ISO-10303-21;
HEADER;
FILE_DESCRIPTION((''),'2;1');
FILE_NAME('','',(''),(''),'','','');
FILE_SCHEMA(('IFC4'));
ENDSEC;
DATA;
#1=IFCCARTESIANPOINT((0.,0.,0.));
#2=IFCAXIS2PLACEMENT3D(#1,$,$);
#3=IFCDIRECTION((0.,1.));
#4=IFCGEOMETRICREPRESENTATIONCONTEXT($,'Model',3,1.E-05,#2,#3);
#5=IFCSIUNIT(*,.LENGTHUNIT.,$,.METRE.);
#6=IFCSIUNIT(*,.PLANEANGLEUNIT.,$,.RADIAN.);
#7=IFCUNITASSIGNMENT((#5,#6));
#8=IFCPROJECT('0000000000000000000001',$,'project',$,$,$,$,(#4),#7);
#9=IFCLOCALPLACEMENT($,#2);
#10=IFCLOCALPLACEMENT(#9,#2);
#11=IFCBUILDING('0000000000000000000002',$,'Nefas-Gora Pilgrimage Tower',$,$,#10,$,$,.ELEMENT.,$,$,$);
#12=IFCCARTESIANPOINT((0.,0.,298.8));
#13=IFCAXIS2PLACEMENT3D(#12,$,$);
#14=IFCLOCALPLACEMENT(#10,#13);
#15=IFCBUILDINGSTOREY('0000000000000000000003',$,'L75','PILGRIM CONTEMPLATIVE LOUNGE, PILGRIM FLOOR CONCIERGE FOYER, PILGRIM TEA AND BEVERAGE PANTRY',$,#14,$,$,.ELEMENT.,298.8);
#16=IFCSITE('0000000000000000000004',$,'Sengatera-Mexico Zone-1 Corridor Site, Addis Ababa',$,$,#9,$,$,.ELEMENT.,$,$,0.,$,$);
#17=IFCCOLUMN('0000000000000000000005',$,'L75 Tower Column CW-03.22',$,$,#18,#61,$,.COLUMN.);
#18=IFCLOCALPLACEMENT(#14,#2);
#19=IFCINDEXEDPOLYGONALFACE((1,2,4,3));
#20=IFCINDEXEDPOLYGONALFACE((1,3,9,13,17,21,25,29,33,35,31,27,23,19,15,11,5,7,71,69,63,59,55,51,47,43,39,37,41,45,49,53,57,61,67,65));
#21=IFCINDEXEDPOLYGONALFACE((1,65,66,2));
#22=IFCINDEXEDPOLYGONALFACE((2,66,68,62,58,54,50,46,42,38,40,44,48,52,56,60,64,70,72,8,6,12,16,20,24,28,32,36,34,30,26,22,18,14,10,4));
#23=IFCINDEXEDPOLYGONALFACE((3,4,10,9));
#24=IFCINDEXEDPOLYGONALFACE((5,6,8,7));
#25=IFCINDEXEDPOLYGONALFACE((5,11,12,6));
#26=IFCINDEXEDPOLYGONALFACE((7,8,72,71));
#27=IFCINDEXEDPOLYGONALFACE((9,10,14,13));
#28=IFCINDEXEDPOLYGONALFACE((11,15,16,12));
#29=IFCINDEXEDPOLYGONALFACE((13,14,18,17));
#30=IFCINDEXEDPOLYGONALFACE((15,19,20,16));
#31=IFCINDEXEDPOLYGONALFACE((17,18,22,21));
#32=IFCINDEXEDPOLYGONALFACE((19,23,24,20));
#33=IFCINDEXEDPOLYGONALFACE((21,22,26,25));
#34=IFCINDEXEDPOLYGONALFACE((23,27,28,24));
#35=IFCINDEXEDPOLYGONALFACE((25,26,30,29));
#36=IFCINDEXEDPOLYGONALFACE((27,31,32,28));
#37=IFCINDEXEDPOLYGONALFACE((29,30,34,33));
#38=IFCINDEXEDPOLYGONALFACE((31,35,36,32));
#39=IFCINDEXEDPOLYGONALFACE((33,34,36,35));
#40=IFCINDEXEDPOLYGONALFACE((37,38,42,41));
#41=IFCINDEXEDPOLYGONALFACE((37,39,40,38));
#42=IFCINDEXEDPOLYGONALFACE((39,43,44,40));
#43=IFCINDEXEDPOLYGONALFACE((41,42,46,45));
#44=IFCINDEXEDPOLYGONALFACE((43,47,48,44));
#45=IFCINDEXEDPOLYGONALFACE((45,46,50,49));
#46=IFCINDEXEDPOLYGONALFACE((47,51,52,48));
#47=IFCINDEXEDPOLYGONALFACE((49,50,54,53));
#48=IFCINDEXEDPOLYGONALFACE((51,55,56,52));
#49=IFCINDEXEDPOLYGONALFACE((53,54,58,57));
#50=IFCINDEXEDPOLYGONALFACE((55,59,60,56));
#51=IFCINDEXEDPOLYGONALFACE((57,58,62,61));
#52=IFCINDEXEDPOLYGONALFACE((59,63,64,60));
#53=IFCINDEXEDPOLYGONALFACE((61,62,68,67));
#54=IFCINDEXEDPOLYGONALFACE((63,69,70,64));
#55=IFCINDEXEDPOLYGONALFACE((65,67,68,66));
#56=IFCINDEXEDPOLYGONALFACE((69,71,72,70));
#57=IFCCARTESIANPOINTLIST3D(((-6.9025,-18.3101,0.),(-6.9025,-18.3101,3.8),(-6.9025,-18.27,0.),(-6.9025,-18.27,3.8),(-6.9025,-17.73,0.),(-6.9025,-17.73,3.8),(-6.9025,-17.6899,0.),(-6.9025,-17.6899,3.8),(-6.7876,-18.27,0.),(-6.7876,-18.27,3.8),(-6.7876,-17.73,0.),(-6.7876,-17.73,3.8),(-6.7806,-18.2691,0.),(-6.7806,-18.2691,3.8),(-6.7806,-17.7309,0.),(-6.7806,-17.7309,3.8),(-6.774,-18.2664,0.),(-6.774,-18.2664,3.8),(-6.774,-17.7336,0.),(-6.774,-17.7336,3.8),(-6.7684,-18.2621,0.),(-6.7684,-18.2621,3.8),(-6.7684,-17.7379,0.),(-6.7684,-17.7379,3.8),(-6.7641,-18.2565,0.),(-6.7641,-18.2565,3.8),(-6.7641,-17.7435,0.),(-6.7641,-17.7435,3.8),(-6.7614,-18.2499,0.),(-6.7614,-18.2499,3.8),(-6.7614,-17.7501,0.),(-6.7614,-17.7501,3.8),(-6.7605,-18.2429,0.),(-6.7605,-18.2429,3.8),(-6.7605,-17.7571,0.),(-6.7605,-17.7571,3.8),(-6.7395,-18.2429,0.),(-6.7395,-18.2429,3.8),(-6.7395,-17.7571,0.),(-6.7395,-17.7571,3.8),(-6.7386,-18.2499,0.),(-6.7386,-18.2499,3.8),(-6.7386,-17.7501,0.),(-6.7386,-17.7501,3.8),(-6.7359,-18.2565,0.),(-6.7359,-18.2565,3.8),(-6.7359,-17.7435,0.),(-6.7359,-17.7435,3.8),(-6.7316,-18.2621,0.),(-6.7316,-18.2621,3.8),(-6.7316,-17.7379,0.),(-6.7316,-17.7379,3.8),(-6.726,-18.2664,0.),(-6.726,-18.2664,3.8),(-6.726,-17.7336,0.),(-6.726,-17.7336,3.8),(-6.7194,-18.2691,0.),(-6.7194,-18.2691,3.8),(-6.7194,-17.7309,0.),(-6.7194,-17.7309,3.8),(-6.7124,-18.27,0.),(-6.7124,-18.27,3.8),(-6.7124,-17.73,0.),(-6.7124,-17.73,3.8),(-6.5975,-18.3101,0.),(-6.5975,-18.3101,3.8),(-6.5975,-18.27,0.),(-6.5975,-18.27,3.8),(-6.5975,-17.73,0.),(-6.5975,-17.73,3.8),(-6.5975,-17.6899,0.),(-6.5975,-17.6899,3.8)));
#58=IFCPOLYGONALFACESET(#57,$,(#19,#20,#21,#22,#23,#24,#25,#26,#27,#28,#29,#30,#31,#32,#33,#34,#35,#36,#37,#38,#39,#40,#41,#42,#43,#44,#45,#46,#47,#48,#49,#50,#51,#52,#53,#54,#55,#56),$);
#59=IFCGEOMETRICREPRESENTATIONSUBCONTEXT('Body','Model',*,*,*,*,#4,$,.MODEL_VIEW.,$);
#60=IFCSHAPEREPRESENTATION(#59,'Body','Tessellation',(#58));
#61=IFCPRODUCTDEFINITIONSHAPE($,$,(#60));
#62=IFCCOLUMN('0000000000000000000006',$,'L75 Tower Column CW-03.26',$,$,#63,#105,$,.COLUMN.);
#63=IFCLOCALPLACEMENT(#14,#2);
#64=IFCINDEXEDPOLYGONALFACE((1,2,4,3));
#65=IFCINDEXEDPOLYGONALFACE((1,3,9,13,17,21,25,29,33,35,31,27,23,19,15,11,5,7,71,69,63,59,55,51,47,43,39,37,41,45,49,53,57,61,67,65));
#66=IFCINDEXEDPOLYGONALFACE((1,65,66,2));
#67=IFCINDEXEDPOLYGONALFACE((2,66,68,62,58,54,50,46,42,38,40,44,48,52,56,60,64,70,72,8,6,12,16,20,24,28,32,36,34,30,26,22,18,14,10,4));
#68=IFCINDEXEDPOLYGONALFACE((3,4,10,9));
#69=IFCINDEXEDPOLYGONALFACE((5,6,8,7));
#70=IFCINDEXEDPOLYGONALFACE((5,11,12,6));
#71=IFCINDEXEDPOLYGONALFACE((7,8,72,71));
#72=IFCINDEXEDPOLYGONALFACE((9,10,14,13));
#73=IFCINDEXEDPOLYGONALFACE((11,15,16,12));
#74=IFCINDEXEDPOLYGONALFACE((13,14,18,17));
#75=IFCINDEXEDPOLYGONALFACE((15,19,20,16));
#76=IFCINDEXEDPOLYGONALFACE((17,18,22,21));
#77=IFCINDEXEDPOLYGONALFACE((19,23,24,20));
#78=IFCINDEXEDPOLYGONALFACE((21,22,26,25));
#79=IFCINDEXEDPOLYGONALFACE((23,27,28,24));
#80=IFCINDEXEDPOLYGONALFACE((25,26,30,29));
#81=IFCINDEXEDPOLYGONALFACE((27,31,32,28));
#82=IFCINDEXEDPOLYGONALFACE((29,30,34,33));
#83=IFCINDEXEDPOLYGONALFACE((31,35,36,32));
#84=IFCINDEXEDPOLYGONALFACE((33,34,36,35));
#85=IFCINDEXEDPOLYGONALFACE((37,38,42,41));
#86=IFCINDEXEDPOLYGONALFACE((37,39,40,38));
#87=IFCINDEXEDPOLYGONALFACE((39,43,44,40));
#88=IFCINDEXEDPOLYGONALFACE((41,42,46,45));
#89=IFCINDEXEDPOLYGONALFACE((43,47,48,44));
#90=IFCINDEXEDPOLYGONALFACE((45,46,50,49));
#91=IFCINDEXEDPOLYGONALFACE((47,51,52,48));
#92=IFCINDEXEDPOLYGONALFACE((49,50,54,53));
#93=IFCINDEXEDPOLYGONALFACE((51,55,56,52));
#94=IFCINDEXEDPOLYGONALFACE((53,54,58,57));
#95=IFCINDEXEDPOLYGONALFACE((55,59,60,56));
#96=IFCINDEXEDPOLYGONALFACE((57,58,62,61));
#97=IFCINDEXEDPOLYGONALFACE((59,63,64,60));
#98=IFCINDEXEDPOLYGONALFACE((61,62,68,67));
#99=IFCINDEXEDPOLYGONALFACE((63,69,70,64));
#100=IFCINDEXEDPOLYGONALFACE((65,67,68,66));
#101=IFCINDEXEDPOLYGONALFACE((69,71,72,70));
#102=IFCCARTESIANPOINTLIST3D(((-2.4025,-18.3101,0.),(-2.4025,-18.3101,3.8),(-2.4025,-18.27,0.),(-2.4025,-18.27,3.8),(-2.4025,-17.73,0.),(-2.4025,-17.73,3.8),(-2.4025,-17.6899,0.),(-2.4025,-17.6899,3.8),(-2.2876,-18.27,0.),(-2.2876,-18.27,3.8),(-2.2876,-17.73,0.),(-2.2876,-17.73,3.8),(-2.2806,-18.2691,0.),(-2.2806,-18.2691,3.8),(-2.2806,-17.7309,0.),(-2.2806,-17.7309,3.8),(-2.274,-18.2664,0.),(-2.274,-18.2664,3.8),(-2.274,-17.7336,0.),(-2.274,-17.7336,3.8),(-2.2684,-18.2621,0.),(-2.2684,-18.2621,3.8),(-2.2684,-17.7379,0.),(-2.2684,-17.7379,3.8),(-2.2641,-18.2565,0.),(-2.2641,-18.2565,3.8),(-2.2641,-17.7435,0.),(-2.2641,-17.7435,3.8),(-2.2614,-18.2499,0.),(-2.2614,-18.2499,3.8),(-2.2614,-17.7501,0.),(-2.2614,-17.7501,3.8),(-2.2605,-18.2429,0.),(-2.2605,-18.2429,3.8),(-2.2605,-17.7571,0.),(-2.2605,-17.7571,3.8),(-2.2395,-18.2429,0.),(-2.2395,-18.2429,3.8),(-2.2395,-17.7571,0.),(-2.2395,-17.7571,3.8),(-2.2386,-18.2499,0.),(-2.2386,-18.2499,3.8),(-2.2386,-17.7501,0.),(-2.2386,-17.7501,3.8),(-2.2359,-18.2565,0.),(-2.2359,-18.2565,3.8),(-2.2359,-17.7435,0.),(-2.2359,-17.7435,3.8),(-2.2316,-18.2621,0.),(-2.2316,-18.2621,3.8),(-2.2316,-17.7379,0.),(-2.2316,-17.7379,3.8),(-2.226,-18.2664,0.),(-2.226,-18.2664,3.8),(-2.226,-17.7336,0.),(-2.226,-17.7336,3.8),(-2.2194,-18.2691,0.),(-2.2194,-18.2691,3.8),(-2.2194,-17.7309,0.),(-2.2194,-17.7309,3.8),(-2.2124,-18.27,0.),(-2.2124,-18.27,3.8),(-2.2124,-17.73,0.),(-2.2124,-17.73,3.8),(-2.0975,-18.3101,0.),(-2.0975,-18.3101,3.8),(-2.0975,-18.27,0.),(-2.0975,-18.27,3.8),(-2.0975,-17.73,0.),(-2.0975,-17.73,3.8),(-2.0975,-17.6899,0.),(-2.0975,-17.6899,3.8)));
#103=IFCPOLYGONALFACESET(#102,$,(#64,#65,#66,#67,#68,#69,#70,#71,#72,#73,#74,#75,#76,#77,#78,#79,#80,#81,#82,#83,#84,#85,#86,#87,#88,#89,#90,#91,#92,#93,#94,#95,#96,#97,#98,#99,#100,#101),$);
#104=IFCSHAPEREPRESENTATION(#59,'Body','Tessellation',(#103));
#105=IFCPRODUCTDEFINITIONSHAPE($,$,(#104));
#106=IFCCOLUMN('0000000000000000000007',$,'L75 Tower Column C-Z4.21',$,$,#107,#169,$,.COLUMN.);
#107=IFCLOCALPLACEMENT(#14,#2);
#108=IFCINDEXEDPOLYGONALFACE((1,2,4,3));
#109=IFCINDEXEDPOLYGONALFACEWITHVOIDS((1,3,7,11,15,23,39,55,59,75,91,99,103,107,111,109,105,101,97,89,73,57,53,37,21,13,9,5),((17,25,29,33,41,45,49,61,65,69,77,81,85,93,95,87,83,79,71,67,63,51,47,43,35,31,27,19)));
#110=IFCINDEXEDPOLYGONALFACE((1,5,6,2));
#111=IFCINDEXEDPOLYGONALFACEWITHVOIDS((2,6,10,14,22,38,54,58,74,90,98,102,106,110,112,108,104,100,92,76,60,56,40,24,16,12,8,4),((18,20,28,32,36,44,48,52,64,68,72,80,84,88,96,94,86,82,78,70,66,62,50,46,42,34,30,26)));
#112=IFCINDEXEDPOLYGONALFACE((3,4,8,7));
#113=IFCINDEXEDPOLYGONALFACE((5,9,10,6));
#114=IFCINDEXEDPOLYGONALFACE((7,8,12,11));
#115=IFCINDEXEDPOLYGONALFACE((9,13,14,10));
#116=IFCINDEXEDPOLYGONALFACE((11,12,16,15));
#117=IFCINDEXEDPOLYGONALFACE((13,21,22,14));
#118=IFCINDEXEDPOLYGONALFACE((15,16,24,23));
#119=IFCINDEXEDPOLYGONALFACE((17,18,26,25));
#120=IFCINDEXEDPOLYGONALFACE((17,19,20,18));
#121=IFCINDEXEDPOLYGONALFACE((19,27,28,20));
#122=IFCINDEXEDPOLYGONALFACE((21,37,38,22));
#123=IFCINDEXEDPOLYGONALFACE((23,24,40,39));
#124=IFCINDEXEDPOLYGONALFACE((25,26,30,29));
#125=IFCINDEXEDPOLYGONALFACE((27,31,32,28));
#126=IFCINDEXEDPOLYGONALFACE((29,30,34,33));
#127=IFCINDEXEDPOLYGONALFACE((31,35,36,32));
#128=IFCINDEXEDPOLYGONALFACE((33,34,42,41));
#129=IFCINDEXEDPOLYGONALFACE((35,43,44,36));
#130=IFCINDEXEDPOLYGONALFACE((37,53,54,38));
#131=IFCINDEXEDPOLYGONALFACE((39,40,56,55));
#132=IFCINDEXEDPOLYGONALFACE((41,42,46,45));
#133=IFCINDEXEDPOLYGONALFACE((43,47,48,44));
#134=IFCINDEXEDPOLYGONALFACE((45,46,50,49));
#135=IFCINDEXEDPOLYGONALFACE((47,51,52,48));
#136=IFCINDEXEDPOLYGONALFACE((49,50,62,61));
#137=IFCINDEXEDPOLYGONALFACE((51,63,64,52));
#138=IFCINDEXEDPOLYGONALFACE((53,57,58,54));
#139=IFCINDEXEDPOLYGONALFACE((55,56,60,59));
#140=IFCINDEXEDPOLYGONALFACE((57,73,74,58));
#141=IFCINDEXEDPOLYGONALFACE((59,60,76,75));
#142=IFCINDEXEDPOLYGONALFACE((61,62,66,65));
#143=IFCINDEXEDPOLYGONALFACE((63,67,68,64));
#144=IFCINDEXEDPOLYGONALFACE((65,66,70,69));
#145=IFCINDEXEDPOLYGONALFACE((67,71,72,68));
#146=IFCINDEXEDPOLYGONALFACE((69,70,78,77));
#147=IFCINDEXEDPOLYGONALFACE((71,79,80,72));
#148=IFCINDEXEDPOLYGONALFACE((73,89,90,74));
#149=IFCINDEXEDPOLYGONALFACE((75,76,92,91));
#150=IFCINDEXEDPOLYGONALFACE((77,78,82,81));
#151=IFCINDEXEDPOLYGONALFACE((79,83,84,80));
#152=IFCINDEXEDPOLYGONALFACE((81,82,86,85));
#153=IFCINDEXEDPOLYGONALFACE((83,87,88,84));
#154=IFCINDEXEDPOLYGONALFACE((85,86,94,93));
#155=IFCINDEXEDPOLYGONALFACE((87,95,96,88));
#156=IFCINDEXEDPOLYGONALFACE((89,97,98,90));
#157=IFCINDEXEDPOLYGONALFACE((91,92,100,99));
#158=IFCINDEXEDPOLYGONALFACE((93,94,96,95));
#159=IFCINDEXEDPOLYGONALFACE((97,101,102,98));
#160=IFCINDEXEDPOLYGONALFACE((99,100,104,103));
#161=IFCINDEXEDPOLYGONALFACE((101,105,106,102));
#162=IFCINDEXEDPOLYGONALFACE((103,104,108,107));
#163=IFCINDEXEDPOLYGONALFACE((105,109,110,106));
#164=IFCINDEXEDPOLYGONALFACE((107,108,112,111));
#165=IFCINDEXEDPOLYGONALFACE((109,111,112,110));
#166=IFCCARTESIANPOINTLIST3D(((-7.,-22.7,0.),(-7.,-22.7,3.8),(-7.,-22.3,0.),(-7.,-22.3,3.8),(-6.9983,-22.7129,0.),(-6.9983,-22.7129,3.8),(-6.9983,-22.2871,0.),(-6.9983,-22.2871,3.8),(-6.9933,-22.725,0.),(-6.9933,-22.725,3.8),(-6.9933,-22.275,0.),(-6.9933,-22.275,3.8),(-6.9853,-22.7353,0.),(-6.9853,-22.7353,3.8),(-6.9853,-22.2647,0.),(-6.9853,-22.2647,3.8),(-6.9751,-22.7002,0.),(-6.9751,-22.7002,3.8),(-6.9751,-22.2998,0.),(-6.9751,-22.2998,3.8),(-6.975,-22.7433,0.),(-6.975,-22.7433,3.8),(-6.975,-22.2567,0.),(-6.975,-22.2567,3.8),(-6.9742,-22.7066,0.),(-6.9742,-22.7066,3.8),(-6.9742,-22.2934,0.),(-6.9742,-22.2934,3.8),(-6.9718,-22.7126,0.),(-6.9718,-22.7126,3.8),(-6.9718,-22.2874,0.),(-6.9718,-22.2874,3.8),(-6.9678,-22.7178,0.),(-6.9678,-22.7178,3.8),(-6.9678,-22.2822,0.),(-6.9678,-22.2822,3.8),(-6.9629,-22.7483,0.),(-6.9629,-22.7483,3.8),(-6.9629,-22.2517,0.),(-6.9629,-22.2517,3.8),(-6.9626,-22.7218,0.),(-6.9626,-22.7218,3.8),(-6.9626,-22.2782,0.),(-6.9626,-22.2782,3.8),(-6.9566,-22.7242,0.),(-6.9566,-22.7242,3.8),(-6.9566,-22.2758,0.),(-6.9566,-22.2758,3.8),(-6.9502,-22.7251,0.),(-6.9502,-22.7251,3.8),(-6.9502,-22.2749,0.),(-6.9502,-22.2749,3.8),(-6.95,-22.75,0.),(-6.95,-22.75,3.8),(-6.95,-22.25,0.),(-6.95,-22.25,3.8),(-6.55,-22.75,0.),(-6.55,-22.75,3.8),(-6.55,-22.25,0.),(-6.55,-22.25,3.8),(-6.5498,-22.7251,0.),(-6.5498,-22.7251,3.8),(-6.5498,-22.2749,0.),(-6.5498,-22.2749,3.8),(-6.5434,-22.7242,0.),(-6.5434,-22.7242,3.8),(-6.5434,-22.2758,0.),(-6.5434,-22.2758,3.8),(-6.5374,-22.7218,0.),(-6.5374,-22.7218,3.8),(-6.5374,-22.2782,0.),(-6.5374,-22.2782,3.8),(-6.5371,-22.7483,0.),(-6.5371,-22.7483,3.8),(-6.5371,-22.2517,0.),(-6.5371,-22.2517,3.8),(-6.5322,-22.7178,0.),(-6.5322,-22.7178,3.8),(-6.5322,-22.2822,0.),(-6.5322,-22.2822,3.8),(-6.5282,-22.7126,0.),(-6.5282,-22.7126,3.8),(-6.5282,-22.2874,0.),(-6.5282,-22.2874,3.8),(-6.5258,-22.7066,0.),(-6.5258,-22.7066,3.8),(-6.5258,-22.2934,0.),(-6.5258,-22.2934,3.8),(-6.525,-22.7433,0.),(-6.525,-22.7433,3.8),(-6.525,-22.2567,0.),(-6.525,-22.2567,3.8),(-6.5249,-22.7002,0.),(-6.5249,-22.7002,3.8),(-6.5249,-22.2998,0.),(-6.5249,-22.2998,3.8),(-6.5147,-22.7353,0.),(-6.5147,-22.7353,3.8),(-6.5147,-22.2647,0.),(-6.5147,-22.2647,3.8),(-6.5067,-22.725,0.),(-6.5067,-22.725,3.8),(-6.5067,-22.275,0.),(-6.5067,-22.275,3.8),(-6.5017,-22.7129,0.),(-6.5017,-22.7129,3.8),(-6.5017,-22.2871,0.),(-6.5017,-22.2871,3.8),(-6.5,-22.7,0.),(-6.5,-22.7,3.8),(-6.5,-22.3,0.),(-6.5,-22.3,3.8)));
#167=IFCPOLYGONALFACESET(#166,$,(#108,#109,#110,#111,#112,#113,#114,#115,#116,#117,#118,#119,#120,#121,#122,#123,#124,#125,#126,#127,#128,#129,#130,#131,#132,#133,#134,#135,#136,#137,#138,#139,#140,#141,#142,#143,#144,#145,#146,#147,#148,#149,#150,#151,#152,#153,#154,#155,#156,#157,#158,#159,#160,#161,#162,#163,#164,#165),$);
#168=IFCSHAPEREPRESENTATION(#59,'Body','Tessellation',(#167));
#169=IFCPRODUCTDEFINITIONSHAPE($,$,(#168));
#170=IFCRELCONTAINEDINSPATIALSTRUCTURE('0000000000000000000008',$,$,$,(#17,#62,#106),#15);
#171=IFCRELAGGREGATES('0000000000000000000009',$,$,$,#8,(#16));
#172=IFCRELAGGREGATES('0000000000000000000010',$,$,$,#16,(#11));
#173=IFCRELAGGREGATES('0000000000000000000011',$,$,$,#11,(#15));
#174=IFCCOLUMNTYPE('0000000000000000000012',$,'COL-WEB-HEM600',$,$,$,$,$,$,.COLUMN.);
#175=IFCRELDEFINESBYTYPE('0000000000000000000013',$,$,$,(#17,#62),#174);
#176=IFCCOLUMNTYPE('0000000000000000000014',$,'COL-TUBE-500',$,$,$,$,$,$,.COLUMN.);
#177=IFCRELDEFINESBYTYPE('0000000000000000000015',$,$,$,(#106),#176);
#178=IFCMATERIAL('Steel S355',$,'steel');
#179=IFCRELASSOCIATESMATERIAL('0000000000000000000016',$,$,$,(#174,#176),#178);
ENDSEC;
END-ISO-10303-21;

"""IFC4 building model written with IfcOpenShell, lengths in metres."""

from ifc_helpers import new_model, si_unit, direction, frame, origin, origin_2d, place, context, subcontext, project, spatial, hollow_rectangle, i_section, extrude, source, transform, mapped, material, material_profile, profile_set, type_object, element, save


model = new_model("IFC4")

# Units and contexts
model_context = context("Model", 3, precision=1e-05, world=origin(), true_north=direction((0.0, 1.0)))
body_context = subcontext(model_context, "Body", "Model", "MODEL_VIEW")
ifc_project = project(units=[si_unit("LENGTHUNIT", "METRE"), si_unit("PLANEANGLEUNIT", "RADIAN")], contexts=[model_context])

# Site, building, storey
site_placement = place(None, origin())
site = spatial("IfcSite", under=ifc_project, at=site_placement, Name="Sengatera-Mexico Zone-1 Corridor Site, Addis Ababa", CompositionType="ELEMENT", RefElevation=0.0)
building_placement = place(site_placement, origin())
building = spatial("IfcBuilding", under=site, at=building_placement, Name="Nefas-Gora Pilgrimage Tower", CompositionType="ELEMENT")
storey_placement = place(building_placement, frame((0.0, 0.0, 298.8)))
storey = spatial("IfcBuildingStorey", under=building, at=storey_placement, Name="L75", Description="PILGRIM CONTEMPLATIVE LOUNGE, PILGRIM FLOOR CONCIERGE FOYER, PILGRIM TEA AND BEVERAGE PANTRY", CompositionType="ELEMENT", Elevation=298.8)

# Columns
ifc_material_1 = material(Name="Steel S355", Category="steel")
ifc_material_profile_1 = material_profile(ifc_material_1, i_section(OverallWidth=0.3049, OverallDepth=0.6201, WebThickness=0.021, FlangeThickness=0.04, FilletRadius=0.0271, at=origin_2d()), Name="HEM 600")
ifc_profile_set_1 = profile_set([ifc_material_profile_1], Name="Steel S355")
column_type_1 = type_object("IfcColumnType", Name="COL-WEB-HEM600", PredefinedType="COLUMN", material=ifc_profile_set_1)
shared_shape_1 = source(origin(), body_context, "Body", "SweptSolid", [
    extrude(i_section(OverallWidth=0.3049, OverallDepth=0.6201, WebThickness=0.021, FlangeThickness=0.04, FilletRadius=0.0271, at=origin_2d()), origin(), (0.0, 0.0, 1.0), 3.8),
])
for number, where, z_axis, x_axis, name in (
    (1, (-6.75, -18.0, 0.0), (0.0, 0.0, 1.0), (1.0, 0.0, 0.0), "L75 Tower Column CW-03.22"),
    (2, (-2.25, -18.0, 0.0), (0.0, 0.0, 1.0), (1.0, 0.0, 0.0), "L75 Tower Column CW-03.26"),
):
    element("IfcColumn", number, at=place(storey_placement, frame(where, z_axis=z_axis, x_axis=x_axis)), inside=storey, type_object=column_type_1, Name=name, PredefinedType="COLUMN", context=body_context, shape_type="MappedRepresentation", body=[
        mapped(shared_shape_1, transform((0.0, 0.0, 0.0), x_axis=(1.0, 0.0, 0.0), y_axis=(0.0, 1.0, 0.0), z_axis=(0.0, 0.0, 1.0), scale=1.0)),
    ])
ifc_material_profile_2 = material_profile(ifc_material_1, hollow_rectangle(XDim=0.5, YDim=0.5, WallThickness=0.0249, InnerFilletRadius=0.0249, OuterFilletRadius=0.05, at=origin_2d()), Name="SHS 500x500x25")
ifc_profile_set_2 = profile_set([ifc_material_profile_2], Name="Steel S355")
column_type_2 = type_object("IfcColumnType", Name="COL-TUBE-500", PredefinedType="COLUMN", material=ifc_profile_set_2)
shared_shape_2 = source(origin(), body_context, "Body", "SweptSolid", [
    extrude(hollow_rectangle(XDim=0.5, YDim=0.5, WallThickness=0.0249, InnerFilletRadius=0.0249, OuterFilletRadius=0.05, at=origin_2d()), origin(), (0.0, 0.0, 1.0), 3.8),
])
for number, where, z_axis, x_axis, name in (
    (3, (-6.75, -22.5, 0.0), (0.0, 0.0, 1.0), (1.0, 0.0, 0.0), "L75 Tower Column C-Z4.21"),
):
    element("IfcColumn", number, at=place(storey_placement, frame(where, z_axis=z_axis, x_axis=x_axis)), inside=storey, type_object=column_type_2, Name=name, PredefinedType="COLUMN", context=body_context, shape_type="MappedRepresentation", body=[
        mapped(shared_shape_2, transform((0.0, 0.0, 0.0), x_axis=(1.0, 0.0, 0.0), y_axis=(0.0, 1.0, 0.0), z_axis=(0.0, 0.0, 1.0), scale=1.0)),
    ])

save(model, "model.ifc")
